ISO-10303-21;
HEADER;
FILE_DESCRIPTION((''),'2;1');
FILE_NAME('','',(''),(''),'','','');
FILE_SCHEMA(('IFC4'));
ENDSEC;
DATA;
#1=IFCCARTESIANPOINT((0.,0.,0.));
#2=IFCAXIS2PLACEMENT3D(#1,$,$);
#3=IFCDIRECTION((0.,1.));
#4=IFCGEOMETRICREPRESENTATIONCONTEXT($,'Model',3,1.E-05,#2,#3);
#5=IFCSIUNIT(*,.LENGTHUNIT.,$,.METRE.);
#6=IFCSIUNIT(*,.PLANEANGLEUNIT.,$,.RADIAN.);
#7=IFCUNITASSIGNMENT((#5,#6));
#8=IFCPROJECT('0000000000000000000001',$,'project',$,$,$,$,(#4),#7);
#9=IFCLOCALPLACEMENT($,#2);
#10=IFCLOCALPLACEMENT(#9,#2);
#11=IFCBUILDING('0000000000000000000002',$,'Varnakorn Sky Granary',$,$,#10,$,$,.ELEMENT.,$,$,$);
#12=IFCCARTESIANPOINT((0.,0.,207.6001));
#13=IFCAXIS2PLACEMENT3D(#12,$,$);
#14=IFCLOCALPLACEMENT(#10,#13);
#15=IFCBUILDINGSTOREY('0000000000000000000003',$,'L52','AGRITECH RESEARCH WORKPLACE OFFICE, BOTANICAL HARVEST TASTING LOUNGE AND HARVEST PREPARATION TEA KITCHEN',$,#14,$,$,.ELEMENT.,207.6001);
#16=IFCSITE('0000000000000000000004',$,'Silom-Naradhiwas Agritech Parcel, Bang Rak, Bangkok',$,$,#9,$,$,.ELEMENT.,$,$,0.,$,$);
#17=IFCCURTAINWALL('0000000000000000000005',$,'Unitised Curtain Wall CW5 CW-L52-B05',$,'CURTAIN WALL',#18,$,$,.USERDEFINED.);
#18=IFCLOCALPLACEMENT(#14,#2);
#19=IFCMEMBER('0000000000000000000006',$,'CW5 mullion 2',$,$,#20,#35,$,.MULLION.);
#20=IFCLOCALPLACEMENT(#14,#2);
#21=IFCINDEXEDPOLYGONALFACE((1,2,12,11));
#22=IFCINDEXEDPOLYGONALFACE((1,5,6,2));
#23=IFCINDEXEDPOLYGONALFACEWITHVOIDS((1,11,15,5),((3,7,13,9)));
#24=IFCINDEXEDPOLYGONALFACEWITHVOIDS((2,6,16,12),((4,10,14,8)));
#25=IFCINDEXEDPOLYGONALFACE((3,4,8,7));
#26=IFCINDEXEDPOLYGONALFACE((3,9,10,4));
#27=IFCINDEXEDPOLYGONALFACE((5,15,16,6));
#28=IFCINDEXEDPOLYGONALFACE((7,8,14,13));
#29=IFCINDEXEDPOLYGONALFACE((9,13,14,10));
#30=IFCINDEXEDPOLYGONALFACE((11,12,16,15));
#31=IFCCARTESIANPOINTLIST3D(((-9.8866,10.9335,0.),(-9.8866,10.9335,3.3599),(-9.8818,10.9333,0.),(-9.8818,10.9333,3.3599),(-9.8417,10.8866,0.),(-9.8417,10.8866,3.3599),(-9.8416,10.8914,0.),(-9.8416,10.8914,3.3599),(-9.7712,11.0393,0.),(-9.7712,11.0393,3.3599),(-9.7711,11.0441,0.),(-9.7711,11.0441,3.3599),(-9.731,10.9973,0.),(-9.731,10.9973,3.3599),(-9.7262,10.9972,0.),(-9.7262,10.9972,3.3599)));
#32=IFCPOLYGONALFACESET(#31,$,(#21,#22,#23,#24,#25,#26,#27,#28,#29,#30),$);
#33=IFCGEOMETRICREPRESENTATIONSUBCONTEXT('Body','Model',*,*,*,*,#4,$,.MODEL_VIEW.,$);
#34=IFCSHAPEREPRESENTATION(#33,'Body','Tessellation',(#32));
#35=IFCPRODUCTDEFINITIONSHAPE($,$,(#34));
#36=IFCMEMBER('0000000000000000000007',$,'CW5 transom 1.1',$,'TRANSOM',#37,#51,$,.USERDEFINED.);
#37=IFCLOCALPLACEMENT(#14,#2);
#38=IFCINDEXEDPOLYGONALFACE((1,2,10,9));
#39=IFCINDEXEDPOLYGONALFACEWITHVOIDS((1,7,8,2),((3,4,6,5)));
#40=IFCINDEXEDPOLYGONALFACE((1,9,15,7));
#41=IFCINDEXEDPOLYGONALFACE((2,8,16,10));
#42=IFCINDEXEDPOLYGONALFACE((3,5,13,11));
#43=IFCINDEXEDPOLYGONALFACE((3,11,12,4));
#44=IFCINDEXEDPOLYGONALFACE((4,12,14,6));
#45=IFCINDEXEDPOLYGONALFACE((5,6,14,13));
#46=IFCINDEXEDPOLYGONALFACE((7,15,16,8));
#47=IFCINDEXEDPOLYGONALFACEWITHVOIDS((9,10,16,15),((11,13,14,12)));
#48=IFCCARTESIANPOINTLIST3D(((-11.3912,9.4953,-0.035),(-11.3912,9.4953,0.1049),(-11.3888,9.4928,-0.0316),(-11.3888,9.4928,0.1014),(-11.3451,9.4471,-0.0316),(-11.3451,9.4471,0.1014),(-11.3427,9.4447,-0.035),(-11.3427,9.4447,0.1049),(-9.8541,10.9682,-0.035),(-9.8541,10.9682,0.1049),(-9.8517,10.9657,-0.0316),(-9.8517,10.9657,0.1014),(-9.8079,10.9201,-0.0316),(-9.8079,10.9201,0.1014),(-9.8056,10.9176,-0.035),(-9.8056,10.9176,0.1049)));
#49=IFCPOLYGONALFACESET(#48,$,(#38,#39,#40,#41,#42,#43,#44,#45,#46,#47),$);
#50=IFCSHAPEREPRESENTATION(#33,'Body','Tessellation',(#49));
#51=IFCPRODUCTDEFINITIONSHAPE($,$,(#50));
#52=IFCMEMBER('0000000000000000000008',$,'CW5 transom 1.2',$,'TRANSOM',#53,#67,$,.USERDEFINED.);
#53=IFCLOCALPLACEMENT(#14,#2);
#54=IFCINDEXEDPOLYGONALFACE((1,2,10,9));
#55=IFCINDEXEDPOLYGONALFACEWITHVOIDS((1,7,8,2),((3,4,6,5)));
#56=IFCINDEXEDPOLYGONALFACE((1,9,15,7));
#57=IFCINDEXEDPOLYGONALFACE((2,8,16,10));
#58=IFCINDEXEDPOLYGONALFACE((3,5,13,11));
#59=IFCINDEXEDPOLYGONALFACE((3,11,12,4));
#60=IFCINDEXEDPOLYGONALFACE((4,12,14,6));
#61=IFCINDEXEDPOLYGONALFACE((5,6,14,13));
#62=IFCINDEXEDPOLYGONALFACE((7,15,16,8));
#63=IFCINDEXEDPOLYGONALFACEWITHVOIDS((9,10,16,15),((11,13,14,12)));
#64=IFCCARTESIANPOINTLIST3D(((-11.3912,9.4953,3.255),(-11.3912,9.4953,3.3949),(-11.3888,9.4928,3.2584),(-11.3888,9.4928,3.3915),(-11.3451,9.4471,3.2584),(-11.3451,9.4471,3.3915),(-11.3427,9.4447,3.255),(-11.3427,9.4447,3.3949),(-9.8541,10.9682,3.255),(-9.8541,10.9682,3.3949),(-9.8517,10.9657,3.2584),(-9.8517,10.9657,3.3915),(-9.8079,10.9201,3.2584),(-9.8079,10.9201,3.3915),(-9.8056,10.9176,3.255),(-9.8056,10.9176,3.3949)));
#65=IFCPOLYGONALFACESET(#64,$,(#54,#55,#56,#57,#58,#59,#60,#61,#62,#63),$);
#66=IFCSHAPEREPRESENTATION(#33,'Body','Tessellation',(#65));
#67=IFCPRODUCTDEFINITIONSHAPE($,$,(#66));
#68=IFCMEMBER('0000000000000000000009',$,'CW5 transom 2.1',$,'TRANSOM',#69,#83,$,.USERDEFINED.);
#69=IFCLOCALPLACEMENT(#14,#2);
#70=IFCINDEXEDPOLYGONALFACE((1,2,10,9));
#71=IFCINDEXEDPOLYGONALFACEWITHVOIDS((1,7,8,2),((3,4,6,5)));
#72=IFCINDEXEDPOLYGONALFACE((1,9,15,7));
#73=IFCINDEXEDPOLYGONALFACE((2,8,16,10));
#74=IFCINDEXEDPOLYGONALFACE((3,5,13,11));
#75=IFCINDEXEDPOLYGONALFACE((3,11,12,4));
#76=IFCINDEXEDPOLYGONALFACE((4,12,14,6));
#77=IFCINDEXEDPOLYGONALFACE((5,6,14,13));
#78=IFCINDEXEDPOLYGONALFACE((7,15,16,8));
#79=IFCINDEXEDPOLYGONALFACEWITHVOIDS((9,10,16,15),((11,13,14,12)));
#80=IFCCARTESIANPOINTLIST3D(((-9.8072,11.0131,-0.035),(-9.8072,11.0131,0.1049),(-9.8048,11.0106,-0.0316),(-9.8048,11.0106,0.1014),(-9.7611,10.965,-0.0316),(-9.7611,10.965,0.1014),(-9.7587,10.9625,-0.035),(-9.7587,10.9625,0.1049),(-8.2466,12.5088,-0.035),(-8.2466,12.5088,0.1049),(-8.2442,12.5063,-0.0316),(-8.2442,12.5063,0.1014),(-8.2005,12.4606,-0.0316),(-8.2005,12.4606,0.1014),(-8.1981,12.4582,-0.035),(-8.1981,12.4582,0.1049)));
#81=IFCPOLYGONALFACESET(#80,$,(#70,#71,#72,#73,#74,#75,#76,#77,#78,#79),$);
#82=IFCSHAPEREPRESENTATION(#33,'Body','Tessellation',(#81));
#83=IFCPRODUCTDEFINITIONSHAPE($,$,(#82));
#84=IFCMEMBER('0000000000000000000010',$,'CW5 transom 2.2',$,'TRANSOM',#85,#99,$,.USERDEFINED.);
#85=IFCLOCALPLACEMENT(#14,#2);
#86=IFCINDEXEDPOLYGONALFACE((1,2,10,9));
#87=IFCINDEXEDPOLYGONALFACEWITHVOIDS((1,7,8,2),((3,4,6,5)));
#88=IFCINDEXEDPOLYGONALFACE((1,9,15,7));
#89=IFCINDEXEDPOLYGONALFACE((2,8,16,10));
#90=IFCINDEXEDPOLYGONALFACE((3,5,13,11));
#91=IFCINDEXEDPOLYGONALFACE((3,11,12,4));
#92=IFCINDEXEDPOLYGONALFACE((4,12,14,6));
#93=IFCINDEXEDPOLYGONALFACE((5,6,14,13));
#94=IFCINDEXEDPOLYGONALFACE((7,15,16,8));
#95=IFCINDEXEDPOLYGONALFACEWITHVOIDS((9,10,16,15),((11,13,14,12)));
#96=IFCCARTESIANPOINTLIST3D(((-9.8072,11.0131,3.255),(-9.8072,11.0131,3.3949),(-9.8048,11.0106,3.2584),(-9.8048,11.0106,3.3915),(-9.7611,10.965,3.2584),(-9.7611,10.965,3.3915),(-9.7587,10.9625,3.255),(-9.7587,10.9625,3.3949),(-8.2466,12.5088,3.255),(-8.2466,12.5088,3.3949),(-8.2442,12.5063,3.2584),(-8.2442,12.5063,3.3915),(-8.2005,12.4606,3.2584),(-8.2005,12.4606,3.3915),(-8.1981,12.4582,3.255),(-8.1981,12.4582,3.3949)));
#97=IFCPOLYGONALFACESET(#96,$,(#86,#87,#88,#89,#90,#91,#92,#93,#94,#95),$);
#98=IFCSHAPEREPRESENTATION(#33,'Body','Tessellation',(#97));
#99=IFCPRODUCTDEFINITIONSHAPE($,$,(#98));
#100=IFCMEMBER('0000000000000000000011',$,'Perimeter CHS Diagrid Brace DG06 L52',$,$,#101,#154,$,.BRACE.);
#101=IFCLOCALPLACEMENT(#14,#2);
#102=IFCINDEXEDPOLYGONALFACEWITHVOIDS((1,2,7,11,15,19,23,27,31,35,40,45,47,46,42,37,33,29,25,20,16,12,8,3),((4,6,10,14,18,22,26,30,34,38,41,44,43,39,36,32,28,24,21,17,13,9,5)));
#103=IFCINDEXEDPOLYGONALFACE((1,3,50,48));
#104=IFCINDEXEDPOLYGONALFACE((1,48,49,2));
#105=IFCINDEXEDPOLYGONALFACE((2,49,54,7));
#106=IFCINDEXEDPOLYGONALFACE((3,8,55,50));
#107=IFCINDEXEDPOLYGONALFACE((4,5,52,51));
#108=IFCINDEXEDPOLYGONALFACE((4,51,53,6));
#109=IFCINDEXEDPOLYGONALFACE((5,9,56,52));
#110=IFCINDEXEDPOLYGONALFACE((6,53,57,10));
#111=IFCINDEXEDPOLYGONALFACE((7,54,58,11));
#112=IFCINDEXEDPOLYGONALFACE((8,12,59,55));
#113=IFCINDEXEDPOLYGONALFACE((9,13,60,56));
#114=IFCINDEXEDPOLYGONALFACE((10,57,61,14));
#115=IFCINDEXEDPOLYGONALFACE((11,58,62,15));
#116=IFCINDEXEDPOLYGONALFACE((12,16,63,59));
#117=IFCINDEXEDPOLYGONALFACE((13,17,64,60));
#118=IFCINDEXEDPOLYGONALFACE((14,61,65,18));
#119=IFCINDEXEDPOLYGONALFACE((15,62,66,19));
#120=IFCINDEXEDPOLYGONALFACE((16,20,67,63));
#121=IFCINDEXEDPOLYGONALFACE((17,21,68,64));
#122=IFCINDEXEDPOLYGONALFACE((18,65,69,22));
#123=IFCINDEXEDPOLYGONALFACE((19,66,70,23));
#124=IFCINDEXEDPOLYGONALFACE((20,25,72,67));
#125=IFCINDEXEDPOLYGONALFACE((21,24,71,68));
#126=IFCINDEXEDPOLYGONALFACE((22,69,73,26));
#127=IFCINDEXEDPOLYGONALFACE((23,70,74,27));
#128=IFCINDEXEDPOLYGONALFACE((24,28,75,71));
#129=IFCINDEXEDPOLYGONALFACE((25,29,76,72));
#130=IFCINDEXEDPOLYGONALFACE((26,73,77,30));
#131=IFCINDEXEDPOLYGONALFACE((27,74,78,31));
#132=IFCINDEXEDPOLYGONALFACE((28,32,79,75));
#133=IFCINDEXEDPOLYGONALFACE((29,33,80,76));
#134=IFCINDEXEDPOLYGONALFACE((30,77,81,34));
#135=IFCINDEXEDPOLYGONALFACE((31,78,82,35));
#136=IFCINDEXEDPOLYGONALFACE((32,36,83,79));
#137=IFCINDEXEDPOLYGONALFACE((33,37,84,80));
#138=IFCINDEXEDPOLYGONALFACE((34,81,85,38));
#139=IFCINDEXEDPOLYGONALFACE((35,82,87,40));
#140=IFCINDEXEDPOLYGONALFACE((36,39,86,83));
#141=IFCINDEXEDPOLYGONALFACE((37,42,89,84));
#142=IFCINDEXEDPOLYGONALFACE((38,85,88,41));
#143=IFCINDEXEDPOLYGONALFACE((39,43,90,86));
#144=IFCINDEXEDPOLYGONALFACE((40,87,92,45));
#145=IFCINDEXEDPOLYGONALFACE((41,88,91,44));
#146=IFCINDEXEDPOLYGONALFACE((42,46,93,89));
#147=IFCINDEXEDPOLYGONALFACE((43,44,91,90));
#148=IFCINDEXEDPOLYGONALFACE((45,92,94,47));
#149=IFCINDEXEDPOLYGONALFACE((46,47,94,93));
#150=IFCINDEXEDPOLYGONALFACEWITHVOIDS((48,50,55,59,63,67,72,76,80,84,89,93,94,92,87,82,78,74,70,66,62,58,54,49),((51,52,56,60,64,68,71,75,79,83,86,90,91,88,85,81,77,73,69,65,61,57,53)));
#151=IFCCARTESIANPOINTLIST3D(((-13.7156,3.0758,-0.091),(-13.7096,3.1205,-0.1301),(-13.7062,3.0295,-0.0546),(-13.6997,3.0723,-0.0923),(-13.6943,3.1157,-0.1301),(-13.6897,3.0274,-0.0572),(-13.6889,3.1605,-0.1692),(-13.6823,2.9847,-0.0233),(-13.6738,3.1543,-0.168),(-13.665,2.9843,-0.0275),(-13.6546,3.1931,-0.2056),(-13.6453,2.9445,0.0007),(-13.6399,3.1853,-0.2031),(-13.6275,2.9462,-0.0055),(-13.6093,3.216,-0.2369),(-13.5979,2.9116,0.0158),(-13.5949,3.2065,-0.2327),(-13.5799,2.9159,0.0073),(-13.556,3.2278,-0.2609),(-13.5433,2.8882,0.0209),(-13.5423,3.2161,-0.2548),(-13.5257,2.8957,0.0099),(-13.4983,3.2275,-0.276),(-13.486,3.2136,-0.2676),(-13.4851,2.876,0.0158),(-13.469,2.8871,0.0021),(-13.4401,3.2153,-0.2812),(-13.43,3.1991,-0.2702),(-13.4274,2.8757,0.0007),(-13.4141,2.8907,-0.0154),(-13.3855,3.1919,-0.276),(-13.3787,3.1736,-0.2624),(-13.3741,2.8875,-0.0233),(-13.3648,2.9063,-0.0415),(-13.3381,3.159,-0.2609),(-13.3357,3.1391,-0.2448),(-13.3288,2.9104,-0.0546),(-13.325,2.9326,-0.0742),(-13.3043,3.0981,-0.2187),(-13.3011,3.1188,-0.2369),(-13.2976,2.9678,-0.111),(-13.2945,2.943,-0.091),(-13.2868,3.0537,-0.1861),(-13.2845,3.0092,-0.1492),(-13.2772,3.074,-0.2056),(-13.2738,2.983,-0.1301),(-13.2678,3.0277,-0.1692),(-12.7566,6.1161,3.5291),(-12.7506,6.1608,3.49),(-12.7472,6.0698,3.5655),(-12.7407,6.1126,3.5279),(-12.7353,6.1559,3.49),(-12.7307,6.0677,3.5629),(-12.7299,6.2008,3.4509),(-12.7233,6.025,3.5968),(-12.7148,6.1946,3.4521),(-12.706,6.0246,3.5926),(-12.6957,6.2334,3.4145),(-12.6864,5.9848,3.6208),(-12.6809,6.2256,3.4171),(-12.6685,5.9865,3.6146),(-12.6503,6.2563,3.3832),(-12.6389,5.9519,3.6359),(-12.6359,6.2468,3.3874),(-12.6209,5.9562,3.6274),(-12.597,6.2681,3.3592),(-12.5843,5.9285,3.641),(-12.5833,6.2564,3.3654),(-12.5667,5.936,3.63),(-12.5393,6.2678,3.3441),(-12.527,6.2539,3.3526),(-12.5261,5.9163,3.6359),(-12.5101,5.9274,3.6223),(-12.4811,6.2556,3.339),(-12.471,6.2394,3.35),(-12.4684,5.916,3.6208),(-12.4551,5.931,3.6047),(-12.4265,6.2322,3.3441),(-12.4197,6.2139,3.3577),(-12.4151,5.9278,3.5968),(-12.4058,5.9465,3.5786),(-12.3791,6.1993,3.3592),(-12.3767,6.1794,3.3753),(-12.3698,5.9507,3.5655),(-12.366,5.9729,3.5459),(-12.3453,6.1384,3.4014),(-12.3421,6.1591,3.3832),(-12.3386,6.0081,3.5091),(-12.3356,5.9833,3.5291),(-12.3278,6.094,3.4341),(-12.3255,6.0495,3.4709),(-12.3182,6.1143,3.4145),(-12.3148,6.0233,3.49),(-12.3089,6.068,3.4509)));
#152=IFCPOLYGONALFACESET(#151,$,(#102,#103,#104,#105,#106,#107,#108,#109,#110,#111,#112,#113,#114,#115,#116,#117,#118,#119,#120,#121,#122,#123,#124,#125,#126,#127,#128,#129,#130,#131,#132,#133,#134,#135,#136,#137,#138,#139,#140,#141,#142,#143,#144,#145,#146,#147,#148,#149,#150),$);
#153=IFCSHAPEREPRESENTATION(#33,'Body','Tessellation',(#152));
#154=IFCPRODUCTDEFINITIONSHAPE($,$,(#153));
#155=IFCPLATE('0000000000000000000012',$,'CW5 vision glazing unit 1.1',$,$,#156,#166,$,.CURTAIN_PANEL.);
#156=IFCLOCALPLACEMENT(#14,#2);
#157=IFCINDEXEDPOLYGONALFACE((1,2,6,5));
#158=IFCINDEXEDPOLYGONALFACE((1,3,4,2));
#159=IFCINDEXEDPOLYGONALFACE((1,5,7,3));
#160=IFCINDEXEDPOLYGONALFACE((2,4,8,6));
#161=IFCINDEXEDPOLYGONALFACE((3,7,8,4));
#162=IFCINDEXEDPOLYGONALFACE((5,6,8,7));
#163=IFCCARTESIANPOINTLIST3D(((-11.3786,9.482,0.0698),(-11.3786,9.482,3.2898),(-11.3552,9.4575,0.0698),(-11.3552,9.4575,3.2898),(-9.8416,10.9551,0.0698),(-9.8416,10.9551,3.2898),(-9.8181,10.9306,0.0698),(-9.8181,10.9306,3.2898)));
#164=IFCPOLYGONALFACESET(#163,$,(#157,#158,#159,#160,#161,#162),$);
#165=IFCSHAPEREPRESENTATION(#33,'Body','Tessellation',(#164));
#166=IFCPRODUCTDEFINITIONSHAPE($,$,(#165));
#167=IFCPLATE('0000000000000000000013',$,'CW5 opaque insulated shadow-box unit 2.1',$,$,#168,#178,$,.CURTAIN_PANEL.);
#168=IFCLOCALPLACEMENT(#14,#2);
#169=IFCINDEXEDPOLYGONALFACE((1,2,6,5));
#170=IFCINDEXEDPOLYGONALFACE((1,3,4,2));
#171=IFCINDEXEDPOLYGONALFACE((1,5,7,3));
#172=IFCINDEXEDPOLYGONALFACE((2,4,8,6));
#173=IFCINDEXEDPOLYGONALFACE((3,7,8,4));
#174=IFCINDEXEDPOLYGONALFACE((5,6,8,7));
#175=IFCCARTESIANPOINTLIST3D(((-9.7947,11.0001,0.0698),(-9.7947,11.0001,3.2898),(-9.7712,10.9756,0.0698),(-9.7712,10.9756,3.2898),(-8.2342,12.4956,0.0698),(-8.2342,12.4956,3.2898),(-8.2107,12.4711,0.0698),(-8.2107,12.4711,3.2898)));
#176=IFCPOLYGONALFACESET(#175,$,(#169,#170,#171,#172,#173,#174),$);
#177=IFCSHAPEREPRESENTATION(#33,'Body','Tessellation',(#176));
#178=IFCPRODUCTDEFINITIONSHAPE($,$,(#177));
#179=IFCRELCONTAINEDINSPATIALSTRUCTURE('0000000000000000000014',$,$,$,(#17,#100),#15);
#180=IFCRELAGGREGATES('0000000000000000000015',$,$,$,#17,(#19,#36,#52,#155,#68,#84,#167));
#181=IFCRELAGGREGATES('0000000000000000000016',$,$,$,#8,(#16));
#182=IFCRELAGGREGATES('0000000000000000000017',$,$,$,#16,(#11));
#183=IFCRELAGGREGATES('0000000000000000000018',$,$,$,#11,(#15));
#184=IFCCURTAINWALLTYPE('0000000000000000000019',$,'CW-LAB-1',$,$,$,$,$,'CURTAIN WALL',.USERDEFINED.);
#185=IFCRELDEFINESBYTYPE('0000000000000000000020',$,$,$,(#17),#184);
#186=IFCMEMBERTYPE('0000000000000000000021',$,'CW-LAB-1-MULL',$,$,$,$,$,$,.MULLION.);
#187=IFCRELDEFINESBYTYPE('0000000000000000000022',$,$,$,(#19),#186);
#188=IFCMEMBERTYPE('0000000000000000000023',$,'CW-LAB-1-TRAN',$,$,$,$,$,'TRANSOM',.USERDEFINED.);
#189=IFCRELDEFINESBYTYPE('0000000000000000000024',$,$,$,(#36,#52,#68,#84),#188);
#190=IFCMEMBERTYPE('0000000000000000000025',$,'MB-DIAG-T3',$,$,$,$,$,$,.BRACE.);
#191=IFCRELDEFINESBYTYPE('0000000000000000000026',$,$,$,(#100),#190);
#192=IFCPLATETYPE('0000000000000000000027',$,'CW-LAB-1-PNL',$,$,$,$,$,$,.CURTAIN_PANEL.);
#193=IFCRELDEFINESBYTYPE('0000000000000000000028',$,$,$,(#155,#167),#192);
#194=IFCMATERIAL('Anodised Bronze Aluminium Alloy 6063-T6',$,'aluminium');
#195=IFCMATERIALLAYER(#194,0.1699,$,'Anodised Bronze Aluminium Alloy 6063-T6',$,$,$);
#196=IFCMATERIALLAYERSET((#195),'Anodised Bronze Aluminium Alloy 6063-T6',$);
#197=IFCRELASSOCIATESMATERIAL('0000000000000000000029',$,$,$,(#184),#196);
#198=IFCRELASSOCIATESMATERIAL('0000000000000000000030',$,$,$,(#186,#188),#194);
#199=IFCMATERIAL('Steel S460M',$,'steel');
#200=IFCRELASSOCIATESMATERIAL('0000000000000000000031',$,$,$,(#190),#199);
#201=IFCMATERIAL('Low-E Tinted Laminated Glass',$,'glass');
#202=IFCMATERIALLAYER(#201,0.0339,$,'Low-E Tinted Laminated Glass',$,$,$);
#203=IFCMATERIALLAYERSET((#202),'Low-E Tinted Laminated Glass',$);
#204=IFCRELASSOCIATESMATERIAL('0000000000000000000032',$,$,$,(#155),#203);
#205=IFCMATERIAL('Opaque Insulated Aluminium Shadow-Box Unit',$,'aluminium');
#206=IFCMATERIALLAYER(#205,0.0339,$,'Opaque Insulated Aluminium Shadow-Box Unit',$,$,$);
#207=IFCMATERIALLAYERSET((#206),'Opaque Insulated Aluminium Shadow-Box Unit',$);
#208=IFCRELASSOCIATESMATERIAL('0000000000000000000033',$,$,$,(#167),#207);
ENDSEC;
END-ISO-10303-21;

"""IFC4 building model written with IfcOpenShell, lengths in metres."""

from ifc_helpers import new_model, si_unit, direction, frame, origin, origin_2d, place, context, subcontext, project, spatial, rectangle, hollow_rectangle, hollow_circle, extrude, source, transform, mapped, material, layer, layer_set, material_profile, profile_set, type_object, type_shapes, element, aggregate, save


model = new_model("IFC4")

# Units and contexts
model_context = context("Model", 3, precision=1e-05, world=origin(), true_north=direction((0.0, 1.0)))
body_context = subcontext(model_context, "Body", "Model", "MODEL_VIEW")
ifc_project = project(units=[si_unit("LENGTHUNIT", "METRE"), si_unit("PLANEANGLEUNIT", "RADIAN")], contexts=[model_context])

# Site, building, storey
site_placement = place(None, origin())
site = spatial("IfcSite", under=ifc_project, at=site_placement, Name="Silom-Naradhiwas Agritech Parcel, Bang Rak, Bangkok", CompositionType="ELEMENT", RefElevation=0.0)
building_placement = place(site_placement, origin())
building = spatial("IfcBuilding", under=site, at=building_placement, Name="Varnakorn Sky Granary", CompositionType="ELEMENT")
storey_placement = place(building_placement, frame((0.0, 0.0, 207.6001)))
storey = spatial("IfcBuildingStorey", under=building, at=storey_placement, Name="L52", Description="AGRITECH RESEARCH WORKPLACE OFFICE, BOTANICAL HARVEST TASTING LOUNGE AND HARVEST PREPARATION TEA KITCHEN", CompositionType="ELEMENT", Elevation=207.6001)

# Shared definitions
ifc_material_1 = material(Name="Steel S460M", Category="steel")

# Curtain wall, members
ifc_material_2 = material(Name="Anodised Bronze Aluminium Alloy 6063-T6", Category="aluminium")
ifc_layer_1 = layer(ifc_material_2, 0.1699, Name="Anodised Bronze Aluminium Alloy 6063-T6")
ifc_layer_set_1 = layer_set([ifc_layer_1], Name="Anodised Bronze Aluminium Alloy 6063-T6")
curtain_wall_type = type_object("IfcCurtainWallType", Name="CW-LAB-1", ElementType="CURTAIN WALL", PredefinedType="USERDEFINED", material=ifc_layer_set_1)
curtain_wall_placement = place(storey_placement, origin())
curtain_wall = element("IfcCurtainWall", 1, at=curtain_wall_placement, inside=storey, type_object=curtain_wall_type, Name="Unitised Curtain Wall CW5 CW-L52-B05", ObjectType="CURTAIN WALL", PredefinedType="USERDEFINED")
ifc_material_profile_1 = material_profile(ifc_material_2, hollow_rectangle(XDim=0.0649, YDim=0.1599, WallThickness=0.0034, at=origin_2d()), Name="ALU MULL 65x160")
ifc_profile_set_1 = profile_set([ifc_material_profile_1], Name="Anodised Bronze Aluminium Alloy 6063-T6")
member_type_1 = type_object("IfcMemberType", Name="CW-LAB-1-MULL", PredefinedType="MULLION", material=ifc_profile_set_1)
member_1_placement = place(storey_placement, frame((-9.8064, 10.9653, 0.0), z_axis=(0.0, 0.0, 1.0), x_axis=(-0.691923, 0.721971, 0.0)))
member_1 = element("IfcMember", 2, at=member_1_placement, type_object=member_type_1, Name="CW5 mullion 2", PredefinedType="MULLION", context=body_context, shape_type="SweptSolid", body=[
    extrude(hollow_rectangle(XDim=0.0649, YDim=0.1599, WallThickness=0.0034, at=origin_2d()), origin(), (0.0, 0.0, 1.0), 3.3599),
])
ifc_material_profile_2 = material_profile(ifc_material_2, hollow_rectangle(XDim=0.0701, YDim=0.1399, WallThickness=0.0034, at=origin_2d()), Name="ALU TRAN 70x140")
ifc_profile_set_2 = profile_set([ifc_material_profile_2], Name="Anodised Bronze Aluminium Alloy 6063-T6")
member_type_2 = type_object("IfcMemberType", Name="CW-LAB-1-TRAN", ElementType="TRANSOM", PredefinedType="USERDEFINED", material=ifc_profile_set_2)
member_2_placement = place(storey_placement, frame((-11.3669, 9.47, 0.0349), z_axis=(0.722026, 0.691866, 0.0), x_axis=(-0.691866, 0.722026, 0.0)))
member_2 = element("IfcMember", 3, at=member_2_placement, type_object=member_type_2, Name="CW5 transom 1.1", ObjectType="TRANSOM", PredefinedType="USERDEFINED", context=body_context, shape_type="SweptSolid", body=[
    extrude(hollow_rectangle(XDim=0.0701, YDim=0.1399, WallThickness=0.0034, at=origin_2d()), origin(), (0.0, 0.0, 1.0), 2.1289),
])
member_3_placement = place(storey_placement, frame((-11.3669, 9.47, 3.325), z_axis=(0.722026, 0.691866, 0.0), x_axis=(-0.691866, 0.722026, 0.0)))
member_3 = element("IfcMember", 4, at=member_3_placement, type_object=member_type_2, Name="CW5 transom 1.2", ObjectType="TRANSOM", PredefinedType="USERDEFINED", context=body_context, shape_type="SweptSolid", body=[
    extrude(hollow_rectangle(XDim=0.0701, YDim=0.1399, WallThickness=0.0034, at=origin_2d()), origin(), (0.0, 0.0, 1.0), 2.1289),
])
member_4_placement = place(storey_placement, frame((-9.783, 10.9878, 0.0349), z_axis=(0.721969, 0.691925, 0.0), x_axis=(-0.691925, 0.721969, 0.0)))
member_4 = element("IfcMember", 5, at=member_4_placement, type_object=member_type_2, Name="CW5 transom 2.1", ObjectType="TRANSOM", PredefinedType="USERDEFINED", context=body_context, shape_type="SweptSolid", body=[
    extrude(hollow_rectangle(XDim=0.0701, YDim=0.1399, WallThickness=0.0034, at=origin_2d()), origin(), (0.0, 0.0, 1.0), 2.1616),
])
member_5_placement = place(storey_placement, frame((-9.783, 10.9878, 3.325), z_axis=(0.721969, 0.691925, 0.0), x_axis=(-0.691925, 0.721969, 0.0)))
member_5 = element("IfcMember", 6, at=member_5_placement, type_object=member_type_2, Name="CW5 transom 2.2", ObjectType="TRANSOM", PredefinedType="USERDEFINED", context=body_context, shape_type="SweptSolid", body=[
    extrude(hollow_rectangle(XDim=0.0701, YDim=0.1399, WallThickness=0.0034, at=origin_2d()), origin(), (0.0, 0.0, 1.0), 2.1616),
])

# Member
ifc_material_profile_3 = material_profile(ifc_material_1, hollow_circle(Radius=0.2285, WallThickness=0.0161, at=origin_2d()), Name="CHS 457x16")
ifc_profile_set_3 = profile_set([ifc_material_profile_3], Name="Steel S460M")
member_type_3 = type_object("IfcMemberType", Name="MB-DIAG-T3", PredefinedType="BRACE", material=ifc_profile_set_3)
member_6_placement = place(storey_placement, frame((-13.4917, 3.0518, -0.1301), z_axis=(0.198806, 0.630278, 0.750483), x_axis=(-0.953682, 0.300816, 0.0)))
element("IfcMember", 7, at=member_6_placement, inside=storey, type_object=member_type_3, Name="Perimeter CHS Diagrid Brace DG06 L52", PredefinedType="BRACE", context=body_context, shape_type="SweptSolid", body=[
    extrude(hollow_circle(Radius=0.2285, WallThickness=0.0161, at=origin_2d()), origin(), (0.0, 0.0, 1.0), 4.8237),
])

# Plates
ifc_material_3 = material(Name="Low-E Tinted Laminated Glass", Category="glass")
ifc_layer_2 = layer(ifc_material_3, 0.0339, Name="Low-E Tinted Laminated Glass")
ifc_layer_set_2 = layer_set([ifc_layer_2], Name="Low-E Tinted Laminated Glass")
plate_type = type_object("IfcPlateType", Name="CW-LAB-1-PNL", PredefinedType="CURTAIN_PANEL")
shared_shape_1 = source(origin(), body_context, "Body", "SweptSolid", [
    extrude(rectangle(XDim=2.1289, YDim=0.0339, at=origin_2d()), origin(), (0.0, 0.0, 1.0), 3.22),
])
plate_1_placement = place(storey_placement, frame((-10.5984, 10.2063, 0.0698), z_axis=(0.0, 0.0, 1.0), x_axis=(0.721971, 0.691923, 0.0)))
plate_1 = element("IfcPlate", 8, at=plate_1_placement, type_object=plate_type, material=ifc_layer_set_2, Name="CW5 vision glazing unit 1.1", PredefinedType="CURTAIN_PANEL", context=body_context, shape_type="MappedRepresentation", body=[
    mapped(shared_shape_1, transform((0.0, 0.0, 0.0), x_axis=(1.0, 0.0, 0.0), y_axis=(0.0, 1.0, 0.0), z_axis=(0.0, 0.0, 1.0), scale=1.0)),
])
ifc_material_4 = material(Name="Opaque Insulated Aluminium Shadow-Box Unit", Category="aluminium")
ifc_layer_3 = layer(ifc_material_4, 0.0339, Name="Opaque Insulated Aluminium Shadow-Box Unit")
ifc_layer_set_3 = layer_set([ifc_layer_3], Name="Opaque Insulated Aluminium Shadow-Box Unit")
shared_shape_2 = source(origin(), body_context, "Body", "SweptSolid", [
    extrude(rectangle(XDim=2.1614, YDim=0.0339, at=origin_2d()), origin(), (0.0, 0.0, 1.0), 3.22),
])
type_shapes(plate_type, [shared_shape_1, shared_shape_2])
plate_2_placement = place(storey_placement, frame((-9.0027, 11.7356, 0.0698), z_axis=(0.0, 0.0, 1.0), x_axis=(0.721971, 0.691923, 0.0)))
plate_2 = element("IfcPlate", 9, at=plate_2_placement, type_object=plate_type, material=ifc_layer_set_3, Name="CW5 opaque insulated shadow-box unit 2.1", PredefinedType="CURTAIN_PANEL", context=body_context, shape_type="MappedRepresentation", body=[
    mapped(shared_shape_2, transform((0.0, 0.0, 0.0), x_axis=(1.0, 0.0, 0.0), y_axis=(0.0, 1.0, 0.0), z_axis=(0.0, 0.0, 1.0), scale=1.0)),
])
aggregate(curtain_wall, [member_1, member_2, member_3, plate_1, member_4, member_5, plate_2])

save(model, "model.ifc")
